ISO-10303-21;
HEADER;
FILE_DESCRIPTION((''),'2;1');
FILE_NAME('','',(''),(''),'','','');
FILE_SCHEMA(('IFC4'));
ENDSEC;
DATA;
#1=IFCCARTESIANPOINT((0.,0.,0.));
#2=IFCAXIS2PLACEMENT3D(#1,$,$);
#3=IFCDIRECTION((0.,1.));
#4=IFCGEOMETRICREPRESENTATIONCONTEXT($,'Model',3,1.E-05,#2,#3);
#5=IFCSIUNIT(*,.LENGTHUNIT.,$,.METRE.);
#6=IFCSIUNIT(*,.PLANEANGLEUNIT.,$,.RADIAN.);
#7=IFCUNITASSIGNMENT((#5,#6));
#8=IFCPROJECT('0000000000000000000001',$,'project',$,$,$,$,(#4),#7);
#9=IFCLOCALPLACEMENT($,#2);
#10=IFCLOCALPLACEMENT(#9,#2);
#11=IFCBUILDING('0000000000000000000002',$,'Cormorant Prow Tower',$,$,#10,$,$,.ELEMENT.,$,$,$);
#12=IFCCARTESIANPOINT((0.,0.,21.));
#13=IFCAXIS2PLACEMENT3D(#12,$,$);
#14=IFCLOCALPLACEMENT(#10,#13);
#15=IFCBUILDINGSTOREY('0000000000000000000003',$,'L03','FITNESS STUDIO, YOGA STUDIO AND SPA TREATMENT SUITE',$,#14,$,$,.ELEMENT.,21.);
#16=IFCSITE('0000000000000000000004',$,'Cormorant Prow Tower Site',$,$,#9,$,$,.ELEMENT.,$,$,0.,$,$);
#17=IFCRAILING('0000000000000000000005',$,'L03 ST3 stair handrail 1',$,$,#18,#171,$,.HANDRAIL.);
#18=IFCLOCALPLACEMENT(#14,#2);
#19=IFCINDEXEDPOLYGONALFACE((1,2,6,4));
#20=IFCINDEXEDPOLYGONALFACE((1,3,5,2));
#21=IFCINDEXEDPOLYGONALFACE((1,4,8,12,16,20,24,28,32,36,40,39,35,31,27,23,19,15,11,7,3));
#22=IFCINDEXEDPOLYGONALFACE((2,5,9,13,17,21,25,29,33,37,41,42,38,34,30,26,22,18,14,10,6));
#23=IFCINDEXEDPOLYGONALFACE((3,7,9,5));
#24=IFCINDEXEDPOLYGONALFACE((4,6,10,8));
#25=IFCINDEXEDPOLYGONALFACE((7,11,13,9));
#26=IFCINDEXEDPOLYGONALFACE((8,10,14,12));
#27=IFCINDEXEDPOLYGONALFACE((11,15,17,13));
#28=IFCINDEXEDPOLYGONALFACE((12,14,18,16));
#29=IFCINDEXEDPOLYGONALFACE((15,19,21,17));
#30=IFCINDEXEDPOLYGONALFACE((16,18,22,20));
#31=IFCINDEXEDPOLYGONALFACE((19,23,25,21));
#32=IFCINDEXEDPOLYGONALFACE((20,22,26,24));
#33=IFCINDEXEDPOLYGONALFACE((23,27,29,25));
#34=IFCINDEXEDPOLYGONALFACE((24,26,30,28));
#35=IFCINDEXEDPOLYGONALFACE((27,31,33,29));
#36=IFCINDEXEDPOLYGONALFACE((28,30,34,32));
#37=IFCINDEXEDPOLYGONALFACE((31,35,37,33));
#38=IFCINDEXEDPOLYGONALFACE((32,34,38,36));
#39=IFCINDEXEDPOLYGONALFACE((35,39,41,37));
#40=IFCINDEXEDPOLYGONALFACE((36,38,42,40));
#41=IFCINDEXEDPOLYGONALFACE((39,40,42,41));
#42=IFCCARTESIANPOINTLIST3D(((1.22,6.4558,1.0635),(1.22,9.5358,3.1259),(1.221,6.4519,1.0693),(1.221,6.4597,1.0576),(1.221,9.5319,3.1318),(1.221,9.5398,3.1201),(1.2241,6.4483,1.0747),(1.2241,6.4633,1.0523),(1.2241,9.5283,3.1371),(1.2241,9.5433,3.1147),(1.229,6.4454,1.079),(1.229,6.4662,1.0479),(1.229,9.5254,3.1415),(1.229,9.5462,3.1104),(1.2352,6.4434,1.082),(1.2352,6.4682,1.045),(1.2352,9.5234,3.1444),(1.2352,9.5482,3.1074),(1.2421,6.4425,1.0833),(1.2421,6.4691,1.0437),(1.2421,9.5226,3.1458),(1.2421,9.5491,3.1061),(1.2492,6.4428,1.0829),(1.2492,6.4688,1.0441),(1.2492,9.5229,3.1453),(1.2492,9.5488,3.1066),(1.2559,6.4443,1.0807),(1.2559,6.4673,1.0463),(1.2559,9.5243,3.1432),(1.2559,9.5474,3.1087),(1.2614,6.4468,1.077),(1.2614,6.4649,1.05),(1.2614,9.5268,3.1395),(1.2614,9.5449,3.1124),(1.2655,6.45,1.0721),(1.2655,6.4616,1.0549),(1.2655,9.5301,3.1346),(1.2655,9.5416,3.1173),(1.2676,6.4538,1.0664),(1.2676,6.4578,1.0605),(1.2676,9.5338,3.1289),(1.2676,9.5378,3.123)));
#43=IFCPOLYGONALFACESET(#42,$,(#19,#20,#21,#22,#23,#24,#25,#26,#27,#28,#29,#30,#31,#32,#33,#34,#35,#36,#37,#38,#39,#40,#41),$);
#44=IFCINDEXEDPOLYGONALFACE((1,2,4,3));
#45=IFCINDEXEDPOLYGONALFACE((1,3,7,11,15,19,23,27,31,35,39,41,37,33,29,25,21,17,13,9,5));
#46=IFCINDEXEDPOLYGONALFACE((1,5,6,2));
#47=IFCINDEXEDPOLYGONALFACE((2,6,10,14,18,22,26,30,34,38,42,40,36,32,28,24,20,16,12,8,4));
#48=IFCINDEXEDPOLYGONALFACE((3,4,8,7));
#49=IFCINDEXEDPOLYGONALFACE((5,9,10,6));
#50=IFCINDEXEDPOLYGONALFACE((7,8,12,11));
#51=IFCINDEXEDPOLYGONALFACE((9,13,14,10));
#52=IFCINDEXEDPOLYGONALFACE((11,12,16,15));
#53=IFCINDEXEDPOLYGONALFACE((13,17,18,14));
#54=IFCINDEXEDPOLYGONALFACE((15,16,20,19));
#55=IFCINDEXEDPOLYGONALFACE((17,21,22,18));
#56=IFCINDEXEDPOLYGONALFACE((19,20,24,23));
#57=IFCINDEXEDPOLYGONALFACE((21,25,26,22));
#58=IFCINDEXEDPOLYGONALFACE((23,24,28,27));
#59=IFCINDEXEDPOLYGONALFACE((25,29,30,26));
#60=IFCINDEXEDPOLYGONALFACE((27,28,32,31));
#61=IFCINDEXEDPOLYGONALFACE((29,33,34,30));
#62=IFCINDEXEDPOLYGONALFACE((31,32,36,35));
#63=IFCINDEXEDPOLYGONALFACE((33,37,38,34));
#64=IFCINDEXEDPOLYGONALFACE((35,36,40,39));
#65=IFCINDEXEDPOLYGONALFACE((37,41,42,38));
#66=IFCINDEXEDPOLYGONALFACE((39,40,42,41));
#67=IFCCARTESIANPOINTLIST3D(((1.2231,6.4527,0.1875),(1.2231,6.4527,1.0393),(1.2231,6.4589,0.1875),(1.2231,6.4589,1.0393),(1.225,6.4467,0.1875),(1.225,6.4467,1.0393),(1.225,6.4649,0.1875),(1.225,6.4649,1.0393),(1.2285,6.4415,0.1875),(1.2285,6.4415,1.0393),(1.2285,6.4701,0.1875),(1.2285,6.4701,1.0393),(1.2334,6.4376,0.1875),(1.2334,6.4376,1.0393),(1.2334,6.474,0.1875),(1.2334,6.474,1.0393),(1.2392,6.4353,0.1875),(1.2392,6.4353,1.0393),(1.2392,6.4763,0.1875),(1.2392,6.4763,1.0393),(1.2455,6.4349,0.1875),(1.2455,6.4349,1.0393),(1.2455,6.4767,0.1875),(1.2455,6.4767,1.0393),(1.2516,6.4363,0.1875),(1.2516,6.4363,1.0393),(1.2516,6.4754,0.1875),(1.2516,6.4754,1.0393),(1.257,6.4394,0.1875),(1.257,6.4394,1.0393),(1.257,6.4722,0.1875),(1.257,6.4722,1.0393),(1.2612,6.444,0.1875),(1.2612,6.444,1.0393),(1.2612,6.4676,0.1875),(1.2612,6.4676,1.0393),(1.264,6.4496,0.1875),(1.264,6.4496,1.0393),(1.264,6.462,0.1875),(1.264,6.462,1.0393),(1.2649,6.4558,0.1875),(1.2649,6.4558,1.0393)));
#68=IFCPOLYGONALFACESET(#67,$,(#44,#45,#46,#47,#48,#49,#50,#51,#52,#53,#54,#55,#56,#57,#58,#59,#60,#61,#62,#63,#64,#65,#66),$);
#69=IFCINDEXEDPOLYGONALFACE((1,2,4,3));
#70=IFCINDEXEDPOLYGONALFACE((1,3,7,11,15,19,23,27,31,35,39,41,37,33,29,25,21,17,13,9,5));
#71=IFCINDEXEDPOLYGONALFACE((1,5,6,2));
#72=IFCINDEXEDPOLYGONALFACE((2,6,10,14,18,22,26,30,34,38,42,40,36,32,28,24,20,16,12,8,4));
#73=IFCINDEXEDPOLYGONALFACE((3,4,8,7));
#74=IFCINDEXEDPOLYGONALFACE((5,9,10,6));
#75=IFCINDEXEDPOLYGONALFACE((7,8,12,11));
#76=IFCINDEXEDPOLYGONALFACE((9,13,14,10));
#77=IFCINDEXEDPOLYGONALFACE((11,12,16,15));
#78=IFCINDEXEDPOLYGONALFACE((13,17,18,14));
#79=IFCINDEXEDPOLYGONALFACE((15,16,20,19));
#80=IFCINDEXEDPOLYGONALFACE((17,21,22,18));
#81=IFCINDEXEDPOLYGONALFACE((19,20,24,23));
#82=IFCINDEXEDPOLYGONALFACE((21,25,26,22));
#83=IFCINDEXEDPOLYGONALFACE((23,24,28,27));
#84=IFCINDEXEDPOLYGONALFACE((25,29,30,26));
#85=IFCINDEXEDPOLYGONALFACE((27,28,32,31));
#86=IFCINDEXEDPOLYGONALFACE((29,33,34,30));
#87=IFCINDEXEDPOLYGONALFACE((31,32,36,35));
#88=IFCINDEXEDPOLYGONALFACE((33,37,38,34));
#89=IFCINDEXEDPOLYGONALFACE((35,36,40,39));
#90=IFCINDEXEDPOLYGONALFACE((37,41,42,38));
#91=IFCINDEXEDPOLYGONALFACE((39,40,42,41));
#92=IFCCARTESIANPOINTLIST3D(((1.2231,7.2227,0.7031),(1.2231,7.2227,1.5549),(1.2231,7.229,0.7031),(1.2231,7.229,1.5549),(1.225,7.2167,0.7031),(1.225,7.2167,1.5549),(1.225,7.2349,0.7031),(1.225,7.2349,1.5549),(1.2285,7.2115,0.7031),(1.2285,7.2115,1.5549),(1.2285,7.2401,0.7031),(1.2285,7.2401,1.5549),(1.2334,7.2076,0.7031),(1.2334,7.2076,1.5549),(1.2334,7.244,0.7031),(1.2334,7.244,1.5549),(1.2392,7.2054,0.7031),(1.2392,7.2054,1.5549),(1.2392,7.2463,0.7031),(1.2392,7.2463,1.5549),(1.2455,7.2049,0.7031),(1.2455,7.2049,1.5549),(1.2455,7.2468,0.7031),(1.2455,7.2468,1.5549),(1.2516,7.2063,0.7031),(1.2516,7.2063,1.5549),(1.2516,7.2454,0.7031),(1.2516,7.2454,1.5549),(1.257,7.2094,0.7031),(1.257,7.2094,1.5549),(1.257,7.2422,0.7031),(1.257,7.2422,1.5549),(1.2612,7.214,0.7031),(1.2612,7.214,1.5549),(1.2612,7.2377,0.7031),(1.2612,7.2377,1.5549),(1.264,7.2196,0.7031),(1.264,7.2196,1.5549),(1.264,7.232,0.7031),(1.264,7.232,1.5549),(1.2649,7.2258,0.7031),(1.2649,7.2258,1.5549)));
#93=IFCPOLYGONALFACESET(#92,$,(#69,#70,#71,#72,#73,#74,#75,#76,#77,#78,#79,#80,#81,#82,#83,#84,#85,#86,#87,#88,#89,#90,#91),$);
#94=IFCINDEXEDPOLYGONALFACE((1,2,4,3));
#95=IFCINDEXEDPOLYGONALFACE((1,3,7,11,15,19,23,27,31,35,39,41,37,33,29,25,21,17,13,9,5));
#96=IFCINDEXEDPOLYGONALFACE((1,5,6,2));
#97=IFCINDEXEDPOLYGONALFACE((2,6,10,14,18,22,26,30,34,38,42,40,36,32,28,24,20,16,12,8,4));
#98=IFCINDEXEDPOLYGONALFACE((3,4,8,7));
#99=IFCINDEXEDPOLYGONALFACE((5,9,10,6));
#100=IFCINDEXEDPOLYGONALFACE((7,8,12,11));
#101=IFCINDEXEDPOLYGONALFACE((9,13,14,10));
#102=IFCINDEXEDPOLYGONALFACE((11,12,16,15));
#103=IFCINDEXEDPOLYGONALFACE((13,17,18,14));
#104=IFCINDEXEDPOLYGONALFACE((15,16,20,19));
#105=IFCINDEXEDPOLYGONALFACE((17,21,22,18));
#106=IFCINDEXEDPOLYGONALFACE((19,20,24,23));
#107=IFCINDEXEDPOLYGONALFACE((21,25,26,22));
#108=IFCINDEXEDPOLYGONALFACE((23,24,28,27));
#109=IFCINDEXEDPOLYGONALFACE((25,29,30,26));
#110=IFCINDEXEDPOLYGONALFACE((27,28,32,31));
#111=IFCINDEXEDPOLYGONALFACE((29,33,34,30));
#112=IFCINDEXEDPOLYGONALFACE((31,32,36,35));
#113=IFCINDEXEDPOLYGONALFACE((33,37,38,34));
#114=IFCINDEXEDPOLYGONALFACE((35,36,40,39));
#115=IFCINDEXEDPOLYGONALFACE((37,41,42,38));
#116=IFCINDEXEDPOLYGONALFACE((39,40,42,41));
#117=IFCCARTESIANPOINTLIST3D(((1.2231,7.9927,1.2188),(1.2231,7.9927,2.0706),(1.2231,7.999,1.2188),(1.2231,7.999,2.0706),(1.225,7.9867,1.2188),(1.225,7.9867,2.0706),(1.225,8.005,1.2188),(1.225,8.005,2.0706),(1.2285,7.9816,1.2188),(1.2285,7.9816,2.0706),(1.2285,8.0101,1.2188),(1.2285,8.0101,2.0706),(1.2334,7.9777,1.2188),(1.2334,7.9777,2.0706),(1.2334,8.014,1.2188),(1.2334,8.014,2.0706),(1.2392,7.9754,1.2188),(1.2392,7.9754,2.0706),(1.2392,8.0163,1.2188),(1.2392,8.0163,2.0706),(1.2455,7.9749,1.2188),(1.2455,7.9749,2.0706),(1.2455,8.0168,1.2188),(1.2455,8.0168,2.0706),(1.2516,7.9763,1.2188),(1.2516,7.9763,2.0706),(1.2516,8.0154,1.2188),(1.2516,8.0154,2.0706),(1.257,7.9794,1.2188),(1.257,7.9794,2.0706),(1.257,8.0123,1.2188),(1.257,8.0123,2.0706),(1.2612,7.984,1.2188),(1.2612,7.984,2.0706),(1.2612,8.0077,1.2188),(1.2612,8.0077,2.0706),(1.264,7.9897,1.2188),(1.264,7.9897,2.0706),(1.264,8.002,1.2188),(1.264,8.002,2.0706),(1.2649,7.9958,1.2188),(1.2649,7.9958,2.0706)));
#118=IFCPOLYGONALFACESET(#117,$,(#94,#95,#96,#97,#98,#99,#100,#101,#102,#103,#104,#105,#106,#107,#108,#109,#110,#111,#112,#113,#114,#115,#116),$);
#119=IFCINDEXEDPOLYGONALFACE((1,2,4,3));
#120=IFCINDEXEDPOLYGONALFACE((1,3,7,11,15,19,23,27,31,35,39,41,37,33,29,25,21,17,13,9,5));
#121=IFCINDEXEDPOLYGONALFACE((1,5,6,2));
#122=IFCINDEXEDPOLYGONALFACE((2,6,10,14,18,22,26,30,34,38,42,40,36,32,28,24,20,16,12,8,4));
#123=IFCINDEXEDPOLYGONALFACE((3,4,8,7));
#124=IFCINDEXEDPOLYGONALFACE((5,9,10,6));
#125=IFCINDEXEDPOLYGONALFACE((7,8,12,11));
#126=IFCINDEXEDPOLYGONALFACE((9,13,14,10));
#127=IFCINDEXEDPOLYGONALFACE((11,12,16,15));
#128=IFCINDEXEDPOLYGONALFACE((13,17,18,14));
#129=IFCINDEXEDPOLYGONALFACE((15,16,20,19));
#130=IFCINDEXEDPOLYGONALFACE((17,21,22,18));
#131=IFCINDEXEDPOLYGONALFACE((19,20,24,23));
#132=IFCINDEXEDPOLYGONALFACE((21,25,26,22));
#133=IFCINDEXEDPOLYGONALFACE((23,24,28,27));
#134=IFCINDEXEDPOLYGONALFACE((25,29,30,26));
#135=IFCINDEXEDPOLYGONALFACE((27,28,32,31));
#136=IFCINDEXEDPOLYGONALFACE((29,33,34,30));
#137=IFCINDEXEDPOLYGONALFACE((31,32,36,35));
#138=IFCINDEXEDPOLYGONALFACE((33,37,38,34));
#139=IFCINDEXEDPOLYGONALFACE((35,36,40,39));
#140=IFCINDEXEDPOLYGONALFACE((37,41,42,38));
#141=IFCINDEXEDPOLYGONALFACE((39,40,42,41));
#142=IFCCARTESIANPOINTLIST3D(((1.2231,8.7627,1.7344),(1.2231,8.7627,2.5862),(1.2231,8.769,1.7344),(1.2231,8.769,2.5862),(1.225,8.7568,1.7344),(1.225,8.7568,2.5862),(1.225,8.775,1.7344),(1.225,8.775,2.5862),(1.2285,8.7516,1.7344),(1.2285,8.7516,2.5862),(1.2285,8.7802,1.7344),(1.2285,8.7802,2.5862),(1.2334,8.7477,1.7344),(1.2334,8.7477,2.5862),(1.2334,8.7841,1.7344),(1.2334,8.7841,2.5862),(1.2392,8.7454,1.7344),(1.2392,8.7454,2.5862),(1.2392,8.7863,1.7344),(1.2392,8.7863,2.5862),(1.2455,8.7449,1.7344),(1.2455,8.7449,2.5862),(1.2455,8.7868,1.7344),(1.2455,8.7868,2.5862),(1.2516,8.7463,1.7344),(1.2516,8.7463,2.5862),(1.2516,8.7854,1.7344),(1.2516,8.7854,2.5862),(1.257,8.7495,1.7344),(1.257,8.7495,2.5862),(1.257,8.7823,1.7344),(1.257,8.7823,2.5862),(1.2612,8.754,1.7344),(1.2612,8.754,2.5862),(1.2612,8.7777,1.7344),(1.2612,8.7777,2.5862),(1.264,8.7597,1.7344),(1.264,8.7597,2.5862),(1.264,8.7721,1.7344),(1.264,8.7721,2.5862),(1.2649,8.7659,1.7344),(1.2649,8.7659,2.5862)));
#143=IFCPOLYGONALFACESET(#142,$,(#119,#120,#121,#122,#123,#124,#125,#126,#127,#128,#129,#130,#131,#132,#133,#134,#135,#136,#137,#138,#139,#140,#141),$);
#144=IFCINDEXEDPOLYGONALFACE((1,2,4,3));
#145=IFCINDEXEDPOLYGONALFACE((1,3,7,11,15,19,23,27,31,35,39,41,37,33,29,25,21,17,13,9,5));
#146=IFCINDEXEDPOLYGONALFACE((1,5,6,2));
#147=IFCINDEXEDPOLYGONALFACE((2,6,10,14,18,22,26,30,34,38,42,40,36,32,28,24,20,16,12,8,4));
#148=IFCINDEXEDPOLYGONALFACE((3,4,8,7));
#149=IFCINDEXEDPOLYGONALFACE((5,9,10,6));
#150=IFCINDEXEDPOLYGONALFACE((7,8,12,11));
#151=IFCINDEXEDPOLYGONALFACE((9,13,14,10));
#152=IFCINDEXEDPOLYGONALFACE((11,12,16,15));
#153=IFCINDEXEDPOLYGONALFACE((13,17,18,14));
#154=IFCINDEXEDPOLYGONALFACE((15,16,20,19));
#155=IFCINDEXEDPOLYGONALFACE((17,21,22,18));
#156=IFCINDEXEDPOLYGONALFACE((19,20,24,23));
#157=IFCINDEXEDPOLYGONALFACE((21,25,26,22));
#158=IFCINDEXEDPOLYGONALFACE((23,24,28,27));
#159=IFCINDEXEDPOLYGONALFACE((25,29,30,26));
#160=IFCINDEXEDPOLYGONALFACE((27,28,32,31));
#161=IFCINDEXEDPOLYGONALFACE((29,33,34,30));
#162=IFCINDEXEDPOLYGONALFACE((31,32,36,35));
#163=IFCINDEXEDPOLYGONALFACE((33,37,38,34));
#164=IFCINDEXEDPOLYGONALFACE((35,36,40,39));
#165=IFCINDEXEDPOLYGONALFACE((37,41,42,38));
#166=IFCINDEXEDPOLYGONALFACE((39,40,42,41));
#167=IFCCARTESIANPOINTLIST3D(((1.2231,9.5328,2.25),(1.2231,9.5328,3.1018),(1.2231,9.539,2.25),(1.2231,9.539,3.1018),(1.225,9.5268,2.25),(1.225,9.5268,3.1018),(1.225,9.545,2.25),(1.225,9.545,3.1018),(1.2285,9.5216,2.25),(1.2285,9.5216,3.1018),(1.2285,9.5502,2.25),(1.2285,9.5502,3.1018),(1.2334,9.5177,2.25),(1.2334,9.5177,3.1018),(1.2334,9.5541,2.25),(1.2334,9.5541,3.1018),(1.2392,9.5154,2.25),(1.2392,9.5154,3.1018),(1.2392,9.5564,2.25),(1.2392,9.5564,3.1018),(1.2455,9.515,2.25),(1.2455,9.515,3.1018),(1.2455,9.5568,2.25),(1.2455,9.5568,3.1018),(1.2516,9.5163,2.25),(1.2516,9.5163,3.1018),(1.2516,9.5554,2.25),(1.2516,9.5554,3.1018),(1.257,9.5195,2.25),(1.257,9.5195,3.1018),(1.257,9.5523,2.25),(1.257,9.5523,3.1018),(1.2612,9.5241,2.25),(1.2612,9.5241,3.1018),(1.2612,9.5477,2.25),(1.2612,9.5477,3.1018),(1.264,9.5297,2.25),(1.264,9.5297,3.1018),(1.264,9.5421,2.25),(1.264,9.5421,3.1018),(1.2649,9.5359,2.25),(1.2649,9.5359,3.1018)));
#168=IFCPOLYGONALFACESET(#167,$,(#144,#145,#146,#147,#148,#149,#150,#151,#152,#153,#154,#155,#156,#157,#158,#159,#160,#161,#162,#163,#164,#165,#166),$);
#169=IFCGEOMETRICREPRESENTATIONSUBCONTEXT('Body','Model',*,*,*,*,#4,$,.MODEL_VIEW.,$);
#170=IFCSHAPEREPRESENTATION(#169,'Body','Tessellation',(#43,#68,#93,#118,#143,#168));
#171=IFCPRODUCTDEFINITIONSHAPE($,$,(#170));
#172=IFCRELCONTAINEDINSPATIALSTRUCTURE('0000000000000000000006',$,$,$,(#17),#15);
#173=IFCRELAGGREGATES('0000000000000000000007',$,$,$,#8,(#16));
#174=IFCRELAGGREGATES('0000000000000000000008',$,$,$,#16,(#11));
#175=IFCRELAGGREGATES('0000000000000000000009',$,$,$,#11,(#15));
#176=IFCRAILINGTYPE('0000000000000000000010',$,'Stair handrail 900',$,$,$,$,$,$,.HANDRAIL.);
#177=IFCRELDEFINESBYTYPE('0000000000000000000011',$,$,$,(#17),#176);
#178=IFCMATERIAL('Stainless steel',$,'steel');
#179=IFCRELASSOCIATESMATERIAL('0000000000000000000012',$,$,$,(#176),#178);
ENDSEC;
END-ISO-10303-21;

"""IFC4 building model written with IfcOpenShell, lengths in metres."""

from ifc_helpers import new_model, si_unit, direction, frame, origin, origin_2d, place, context, subcontext, project, spatial, circle, extrude, material, type_object, element, save


model = new_model("IFC4")

# Units and contexts
model_context = context("Model", 3, precision=1e-05, world=origin(), true_north=direction((0.0, 1.0)))
body_context = subcontext(model_context, "Body", "Model", "MODEL_VIEW")
ifc_project = project(units=[si_unit("LENGTHUNIT", "METRE"), si_unit("PLANEANGLEUNIT", "RADIAN")], contexts=[model_context])

# Site, building, storey
site_placement = place(None, origin())
site = spatial("IfcSite", under=ifc_project, at=site_placement, Name="Cormorant Prow Tower Site", CompositionType="ELEMENT", RefElevation=0.0)
building_placement = place(site_placement, origin())
building = spatial("IfcBuilding", under=site, at=building_placement, Name="Cormorant Prow Tower", CompositionType="ELEMENT")
storey_placement = place(building_placement, frame((0.0, 0.0, 21.0)))
storey = spatial("IfcBuildingStorey", under=building, at=storey_placement, Name="L03", Description="FITNESS STUDIO, YOGA STUDIO AND SPA TREATMENT SUITE", CompositionType="ELEMENT", Elevation=21.0)

# Railing
ifc_material_1 = material(Name="Stainless steel", Category="steel")
railing_type_1 = type_object("IfcRailingType", Name="Stair handrail 900", PredefinedType="HANDRAIL", material=ifc_material_1)
railing_1_placement = place(storey_placement, frame((1.2439, 6.4558, 0.1875)))
element("IfcRailing", 1, at=railing_1_placement, inside=storey, type_object=railing_type_1, Name="L03 ST3 stair handrail 1", PredefinedType="HANDRAIL", context=body_context, shape_type="SweptSolid", body=[
    extrude(circle(Radius=0.0239, at=origin_2d()), frame((0.0, 0.0, 0.876), z_axis=(0.0, 0.830914, 0.556401), x_axis=(-1.0, 0.0, 0.0)), (0.0, 0.0, 1.0), 3.7068),
    extrude(circle(Radius=0.021, at=origin_2d()), origin(), (0.0, 0.0, 1.0), 0.8518),
    extrude(circle(Radius=0.021, at=origin_2d()), frame((0.0, 0.77, 0.5156)), (0.0, 0.0, 1.0), 0.8518),
    extrude(circle(Radius=0.021, at=origin_2d()), frame((0.0, 1.54, 1.0312)), (0.0, 0.0, 1.0), 0.8518),
    extrude(circle(Radius=0.021, at=origin_2d()), frame((0.0, 2.3101, 1.5469)), (0.0, 0.0, 1.0), 0.8518),
    extrude(circle(Radius=0.021, at=origin_2d()), frame((0.0, 3.0801, 2.0625)), (0.0, 0.0, 1.0), 0.8518),
])

save(model, "model.ifc")
